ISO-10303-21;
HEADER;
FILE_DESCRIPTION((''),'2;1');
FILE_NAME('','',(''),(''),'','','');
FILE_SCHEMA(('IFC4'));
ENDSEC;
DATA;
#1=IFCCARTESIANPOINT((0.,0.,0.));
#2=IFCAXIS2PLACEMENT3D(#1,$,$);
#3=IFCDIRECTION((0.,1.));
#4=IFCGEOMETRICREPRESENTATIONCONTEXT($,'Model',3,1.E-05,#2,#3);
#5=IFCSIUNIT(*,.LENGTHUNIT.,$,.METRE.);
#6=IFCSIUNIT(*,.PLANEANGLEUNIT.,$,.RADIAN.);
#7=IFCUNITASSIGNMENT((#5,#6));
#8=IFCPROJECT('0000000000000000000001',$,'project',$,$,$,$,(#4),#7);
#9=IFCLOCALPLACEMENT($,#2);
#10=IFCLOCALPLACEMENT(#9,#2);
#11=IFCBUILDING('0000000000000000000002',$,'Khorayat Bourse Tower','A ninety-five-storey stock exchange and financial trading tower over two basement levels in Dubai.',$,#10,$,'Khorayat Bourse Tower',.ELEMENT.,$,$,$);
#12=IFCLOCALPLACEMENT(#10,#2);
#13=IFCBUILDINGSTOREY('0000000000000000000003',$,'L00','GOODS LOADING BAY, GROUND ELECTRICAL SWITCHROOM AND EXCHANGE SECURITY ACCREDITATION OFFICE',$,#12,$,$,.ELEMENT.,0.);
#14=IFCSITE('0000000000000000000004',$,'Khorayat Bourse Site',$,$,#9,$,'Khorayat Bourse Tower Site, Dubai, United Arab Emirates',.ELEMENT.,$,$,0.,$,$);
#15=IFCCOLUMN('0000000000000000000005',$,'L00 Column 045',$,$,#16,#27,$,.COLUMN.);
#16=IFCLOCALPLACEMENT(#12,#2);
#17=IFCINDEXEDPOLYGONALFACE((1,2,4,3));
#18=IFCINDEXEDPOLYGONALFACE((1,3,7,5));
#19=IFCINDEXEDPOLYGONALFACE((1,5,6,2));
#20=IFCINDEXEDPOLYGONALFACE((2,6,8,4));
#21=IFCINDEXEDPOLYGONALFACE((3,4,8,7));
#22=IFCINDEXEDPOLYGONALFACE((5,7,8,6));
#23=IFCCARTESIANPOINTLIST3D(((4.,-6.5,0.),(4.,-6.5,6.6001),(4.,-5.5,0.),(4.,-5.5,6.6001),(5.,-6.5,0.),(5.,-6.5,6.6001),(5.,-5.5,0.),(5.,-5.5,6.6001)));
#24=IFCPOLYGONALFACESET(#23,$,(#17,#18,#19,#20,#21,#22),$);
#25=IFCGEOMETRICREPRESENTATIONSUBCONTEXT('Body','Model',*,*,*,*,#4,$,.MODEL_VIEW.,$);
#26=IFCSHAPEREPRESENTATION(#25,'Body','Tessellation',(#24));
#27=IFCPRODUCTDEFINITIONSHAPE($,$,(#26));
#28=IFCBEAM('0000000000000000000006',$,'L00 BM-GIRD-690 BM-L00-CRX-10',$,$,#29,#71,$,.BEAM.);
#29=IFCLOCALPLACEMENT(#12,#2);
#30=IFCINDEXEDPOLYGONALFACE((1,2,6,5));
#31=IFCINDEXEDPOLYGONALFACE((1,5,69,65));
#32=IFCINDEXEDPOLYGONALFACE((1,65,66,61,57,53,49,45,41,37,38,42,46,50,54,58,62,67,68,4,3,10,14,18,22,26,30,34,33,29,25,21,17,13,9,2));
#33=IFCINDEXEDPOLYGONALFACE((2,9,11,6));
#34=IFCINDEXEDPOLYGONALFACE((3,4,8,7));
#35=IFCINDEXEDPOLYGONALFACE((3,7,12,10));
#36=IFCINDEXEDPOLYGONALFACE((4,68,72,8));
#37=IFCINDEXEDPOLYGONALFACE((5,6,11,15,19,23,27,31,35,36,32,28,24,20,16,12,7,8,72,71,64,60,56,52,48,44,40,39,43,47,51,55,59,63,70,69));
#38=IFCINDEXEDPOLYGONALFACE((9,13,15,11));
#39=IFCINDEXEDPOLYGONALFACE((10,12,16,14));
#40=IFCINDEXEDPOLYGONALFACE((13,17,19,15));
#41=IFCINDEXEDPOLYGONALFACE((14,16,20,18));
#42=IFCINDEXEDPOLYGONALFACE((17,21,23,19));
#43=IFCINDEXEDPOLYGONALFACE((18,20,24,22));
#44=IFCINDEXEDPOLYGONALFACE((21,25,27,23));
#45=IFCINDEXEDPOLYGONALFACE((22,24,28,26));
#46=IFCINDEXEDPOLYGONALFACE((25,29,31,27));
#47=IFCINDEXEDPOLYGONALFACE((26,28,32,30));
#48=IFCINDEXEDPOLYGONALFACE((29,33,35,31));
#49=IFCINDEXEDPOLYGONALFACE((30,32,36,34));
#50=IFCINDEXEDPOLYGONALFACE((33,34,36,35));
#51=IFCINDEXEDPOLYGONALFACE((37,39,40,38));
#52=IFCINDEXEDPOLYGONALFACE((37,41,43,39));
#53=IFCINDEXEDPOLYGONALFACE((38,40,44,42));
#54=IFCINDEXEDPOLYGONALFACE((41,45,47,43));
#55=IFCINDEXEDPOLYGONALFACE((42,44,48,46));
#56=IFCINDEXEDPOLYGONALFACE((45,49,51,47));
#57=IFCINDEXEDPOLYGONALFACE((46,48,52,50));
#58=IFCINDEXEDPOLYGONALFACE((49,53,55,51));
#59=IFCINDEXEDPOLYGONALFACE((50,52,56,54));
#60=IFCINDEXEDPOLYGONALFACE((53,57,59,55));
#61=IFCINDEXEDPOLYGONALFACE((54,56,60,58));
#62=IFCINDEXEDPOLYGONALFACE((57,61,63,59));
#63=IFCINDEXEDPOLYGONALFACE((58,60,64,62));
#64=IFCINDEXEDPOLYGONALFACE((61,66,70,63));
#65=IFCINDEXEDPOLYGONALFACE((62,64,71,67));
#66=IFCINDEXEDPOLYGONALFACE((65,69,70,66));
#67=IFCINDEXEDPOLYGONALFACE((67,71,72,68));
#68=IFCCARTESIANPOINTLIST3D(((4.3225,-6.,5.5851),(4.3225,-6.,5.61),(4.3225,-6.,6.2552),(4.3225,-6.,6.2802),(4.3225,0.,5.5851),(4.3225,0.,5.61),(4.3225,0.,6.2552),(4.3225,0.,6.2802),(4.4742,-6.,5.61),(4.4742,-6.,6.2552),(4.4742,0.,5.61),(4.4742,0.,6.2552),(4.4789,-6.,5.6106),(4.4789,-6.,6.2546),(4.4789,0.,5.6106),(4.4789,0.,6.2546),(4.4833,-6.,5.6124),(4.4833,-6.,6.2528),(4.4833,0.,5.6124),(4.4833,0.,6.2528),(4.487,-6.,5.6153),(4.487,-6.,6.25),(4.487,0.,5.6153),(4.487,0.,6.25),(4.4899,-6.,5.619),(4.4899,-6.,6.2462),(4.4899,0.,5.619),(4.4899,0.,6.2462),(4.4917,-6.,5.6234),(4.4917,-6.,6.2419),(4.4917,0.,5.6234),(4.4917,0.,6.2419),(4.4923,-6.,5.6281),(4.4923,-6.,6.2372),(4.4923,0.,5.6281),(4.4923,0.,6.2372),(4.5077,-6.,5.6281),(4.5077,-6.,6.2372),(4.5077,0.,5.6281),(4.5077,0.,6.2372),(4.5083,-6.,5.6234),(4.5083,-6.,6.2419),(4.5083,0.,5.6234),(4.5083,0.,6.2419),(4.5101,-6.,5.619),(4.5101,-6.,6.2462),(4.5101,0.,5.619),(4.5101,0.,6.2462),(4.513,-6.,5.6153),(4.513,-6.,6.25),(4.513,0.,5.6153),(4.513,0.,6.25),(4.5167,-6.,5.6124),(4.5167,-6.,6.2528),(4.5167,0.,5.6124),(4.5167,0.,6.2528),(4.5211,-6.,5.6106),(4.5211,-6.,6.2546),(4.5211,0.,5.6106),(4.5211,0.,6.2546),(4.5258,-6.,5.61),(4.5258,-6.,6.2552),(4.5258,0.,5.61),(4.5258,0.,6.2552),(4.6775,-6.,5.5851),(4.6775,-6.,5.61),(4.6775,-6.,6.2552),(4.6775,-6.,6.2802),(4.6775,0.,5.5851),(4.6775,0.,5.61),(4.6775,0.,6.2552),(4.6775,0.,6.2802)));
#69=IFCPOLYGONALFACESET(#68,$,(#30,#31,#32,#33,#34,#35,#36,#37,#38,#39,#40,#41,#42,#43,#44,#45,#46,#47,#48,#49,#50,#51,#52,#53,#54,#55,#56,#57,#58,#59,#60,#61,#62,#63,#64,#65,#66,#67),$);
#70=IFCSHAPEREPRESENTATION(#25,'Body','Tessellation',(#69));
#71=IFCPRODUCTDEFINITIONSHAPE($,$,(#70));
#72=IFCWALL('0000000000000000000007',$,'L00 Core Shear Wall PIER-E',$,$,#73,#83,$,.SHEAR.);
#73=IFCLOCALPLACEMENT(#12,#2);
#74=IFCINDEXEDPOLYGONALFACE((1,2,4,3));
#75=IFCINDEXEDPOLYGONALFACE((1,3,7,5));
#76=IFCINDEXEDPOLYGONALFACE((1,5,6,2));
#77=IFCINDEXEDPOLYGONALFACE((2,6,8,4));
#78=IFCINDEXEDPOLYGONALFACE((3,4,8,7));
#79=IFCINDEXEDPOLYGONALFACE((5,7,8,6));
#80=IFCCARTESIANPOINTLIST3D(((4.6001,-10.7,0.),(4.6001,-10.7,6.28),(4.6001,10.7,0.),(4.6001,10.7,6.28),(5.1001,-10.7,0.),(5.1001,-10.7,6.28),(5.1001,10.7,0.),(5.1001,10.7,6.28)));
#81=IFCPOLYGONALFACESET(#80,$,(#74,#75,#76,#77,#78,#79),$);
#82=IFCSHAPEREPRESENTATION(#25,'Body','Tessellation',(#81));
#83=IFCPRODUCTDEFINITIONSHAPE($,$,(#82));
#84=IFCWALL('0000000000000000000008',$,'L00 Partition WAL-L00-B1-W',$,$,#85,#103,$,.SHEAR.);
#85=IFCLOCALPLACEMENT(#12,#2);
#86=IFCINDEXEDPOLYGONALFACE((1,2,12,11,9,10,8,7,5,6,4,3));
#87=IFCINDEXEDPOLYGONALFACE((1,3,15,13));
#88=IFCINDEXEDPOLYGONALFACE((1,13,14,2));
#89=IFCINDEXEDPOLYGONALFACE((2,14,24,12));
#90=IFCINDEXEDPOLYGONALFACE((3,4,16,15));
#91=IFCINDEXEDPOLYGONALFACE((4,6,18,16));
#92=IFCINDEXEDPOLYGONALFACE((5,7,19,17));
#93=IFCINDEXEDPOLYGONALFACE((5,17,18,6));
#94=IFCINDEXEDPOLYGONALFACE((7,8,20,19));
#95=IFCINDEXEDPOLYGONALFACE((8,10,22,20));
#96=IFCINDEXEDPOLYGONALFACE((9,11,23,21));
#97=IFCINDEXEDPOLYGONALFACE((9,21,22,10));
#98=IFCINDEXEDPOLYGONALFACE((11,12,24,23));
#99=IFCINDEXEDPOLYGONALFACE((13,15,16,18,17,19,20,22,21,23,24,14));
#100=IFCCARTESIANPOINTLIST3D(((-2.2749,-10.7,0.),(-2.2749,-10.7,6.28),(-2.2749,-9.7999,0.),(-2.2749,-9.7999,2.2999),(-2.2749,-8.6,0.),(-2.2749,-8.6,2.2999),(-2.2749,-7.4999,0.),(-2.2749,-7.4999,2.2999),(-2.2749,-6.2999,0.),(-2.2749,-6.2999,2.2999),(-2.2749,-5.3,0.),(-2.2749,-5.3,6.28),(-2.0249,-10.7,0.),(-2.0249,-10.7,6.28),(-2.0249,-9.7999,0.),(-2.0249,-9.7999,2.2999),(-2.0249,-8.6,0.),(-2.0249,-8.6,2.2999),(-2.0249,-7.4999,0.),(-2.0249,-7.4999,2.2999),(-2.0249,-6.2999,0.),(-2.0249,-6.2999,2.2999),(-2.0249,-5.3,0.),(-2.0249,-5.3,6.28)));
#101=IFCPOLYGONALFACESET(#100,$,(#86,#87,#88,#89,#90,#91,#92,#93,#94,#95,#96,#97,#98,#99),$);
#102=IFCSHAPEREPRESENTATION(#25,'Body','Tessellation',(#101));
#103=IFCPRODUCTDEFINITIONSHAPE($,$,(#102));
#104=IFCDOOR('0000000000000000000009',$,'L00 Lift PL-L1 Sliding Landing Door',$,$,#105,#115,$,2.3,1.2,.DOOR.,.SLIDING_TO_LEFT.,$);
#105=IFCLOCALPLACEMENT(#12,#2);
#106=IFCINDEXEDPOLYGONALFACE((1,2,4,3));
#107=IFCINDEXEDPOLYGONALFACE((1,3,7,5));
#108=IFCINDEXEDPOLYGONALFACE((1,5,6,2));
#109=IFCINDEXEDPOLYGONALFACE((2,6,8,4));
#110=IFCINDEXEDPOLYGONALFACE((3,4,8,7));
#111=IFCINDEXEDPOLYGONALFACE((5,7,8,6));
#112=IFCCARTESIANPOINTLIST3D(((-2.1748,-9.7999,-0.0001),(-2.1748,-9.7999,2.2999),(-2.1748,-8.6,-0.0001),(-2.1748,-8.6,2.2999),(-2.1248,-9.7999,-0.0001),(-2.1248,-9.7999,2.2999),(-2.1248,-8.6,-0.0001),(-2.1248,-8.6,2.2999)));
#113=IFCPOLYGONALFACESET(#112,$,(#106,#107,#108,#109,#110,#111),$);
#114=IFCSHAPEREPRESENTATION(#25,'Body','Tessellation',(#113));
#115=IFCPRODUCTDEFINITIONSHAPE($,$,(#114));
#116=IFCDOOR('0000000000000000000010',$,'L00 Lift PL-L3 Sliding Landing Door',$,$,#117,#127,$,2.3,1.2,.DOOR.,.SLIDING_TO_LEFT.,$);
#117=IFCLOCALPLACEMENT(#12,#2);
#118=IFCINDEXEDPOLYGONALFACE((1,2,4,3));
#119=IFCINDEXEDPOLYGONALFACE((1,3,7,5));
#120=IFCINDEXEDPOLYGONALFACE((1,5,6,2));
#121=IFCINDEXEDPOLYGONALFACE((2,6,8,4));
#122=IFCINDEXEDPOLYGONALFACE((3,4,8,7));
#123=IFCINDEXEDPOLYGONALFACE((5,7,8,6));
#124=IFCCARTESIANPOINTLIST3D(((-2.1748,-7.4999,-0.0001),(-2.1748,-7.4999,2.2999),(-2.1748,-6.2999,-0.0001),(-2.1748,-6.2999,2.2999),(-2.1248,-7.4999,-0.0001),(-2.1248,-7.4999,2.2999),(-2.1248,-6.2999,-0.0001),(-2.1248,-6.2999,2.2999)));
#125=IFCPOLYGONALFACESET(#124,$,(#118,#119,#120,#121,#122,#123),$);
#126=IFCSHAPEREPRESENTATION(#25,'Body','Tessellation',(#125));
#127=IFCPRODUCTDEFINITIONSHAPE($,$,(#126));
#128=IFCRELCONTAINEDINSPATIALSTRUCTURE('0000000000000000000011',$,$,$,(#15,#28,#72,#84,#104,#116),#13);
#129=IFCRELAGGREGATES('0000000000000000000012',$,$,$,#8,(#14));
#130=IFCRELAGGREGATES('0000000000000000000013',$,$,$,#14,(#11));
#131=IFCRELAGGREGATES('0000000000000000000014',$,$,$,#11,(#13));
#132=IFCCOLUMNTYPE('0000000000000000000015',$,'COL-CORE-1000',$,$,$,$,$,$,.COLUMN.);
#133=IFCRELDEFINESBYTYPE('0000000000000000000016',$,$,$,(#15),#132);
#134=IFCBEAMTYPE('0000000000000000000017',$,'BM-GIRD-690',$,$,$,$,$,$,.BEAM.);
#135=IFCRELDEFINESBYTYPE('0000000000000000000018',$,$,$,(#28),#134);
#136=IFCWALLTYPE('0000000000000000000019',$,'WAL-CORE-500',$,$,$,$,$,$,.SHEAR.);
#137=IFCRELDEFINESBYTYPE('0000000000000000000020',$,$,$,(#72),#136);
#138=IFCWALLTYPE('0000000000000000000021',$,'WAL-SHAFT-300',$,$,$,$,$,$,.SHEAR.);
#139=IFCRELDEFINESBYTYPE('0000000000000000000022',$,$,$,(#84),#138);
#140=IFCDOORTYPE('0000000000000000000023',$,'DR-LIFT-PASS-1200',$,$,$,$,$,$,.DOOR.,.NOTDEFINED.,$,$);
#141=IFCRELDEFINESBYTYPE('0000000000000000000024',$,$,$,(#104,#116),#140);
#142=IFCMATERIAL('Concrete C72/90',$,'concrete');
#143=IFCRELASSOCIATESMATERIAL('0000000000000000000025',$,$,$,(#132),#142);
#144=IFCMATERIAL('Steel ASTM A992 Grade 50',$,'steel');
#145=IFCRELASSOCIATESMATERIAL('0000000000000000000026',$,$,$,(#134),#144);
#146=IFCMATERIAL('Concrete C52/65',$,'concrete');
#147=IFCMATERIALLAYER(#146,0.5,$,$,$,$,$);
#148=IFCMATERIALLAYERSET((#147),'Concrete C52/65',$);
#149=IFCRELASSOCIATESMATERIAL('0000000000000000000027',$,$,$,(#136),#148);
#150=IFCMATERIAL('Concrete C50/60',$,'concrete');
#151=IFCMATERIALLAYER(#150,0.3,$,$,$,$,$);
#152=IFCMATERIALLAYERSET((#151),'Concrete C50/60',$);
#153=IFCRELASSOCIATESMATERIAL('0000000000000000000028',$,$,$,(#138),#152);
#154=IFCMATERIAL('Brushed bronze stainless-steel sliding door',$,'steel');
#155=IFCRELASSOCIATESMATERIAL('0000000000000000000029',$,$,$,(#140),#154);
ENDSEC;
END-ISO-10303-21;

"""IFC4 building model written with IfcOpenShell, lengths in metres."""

from ifc_helpers import new_model, si_unit, direction, frame, frame_2d, origin, origin_2d, place, context, subcontext, project, spatial, rectangle, i_section, extrude, source, transform, mapped, material, layer, layer_set, material_profile, profile_set, type_object, element, fill, save


model = new_model("IFC4")

# Units and contexts
model_context = context("Model", 3, precision=1e-05, world=origin(), true_north=direction((0.0, 1.0)))
body_context = subcontext(model_context, "Body", "Model", "MODEL_VIEW")
ifc_project = project(units=[si_unit("LENGTHUNIT", "METRE"), si_unit("PLANEANGLEUNIT", "RADIAN")], contexts=[model_context])

# Site, building, storey
site_placement = place(None, origin())
site = spatial("IfcSite", under=ifc_project, at=site_placement, Name="Khorayat Bourse Site", LongName="Khorayat Bourse Tower Site, Dubai, United Arab Emirates", CompositionType="ELEMENT", RefElevation=0.0)
building_placement = place(site_placement, origin())
building = spatial("IfcBuilding", under=site, at=building_placement, Name="Khorayat Bourse Tower", Description="A ninety-five-storey stock exchange and financial trading tower over two basement levels in Dubai.", LongName="Khorayat Bourse Tower", CompositionType="ELEMENT")
storey_placement = place(building_placement, origin())
storey = spatial("IfcBuildingStorey", under=building, at=storey_placement, Name="L00", Description="GOODS LOADING BAY, GROUND ELECTRICAL SWITCHROOM AND EXCHANGE SECURITY ACCREDITATION OFFICE", CompositionType="ELEMENT", Elevation=0.0)

# Column
ifc_material_1 = material(Name="Concrete C72/90", Category="concrete")
ifc_material_profile_1 = material_profile(ifc_material_1, rectangle(XDim=1.0, YDim=1.0, at=origin_2d()), Name="RC 1000x1000")
ifc_profile_set_1 = profile_set([ifc_material_profile_1], Name="Concrete C72/90")
column_type = type_object("IfcColumnType", Name="COL-CORE-1000", PredefinedType="COLUMN", material=ifc_profile_set_1)
shared_shape_1 = source(origin(), body_context, "Body", "SweptSolid", [
    extrude(rectangle(XDim=1.0, YDim=1.0, at=origin_2d()), origin(), (0.0, 0.0, 1.0), 6.6001),
])
column_placement = place(storey_placement, frame((4.5, -6.0, 0.0), z_axis=(0.0, 0.0, 1.0), x_axis=(1.0, 0.0, 0.0)))
element("IfcColumn", 1, at=column_placement, inside=storey, type_object=column_type, Name="L00 Column 045", PredefinedType="COLUMN", context=body_context, shape_type="MappedRepresentation", body=[
    mapped(shared_shape_1, transform((0.0, 0.0, 0.0), scale=1.0)),
])

# Beam
ifc_material_2 = material(Name="Steel ASTM A992 Grade 50", Category="steel")
ifc_material_profile_2 = material_profile(ifc_material_2, i_section(OverallWidth=0.355, OverallDepth=0.6951, WebThickness=0.0154, FlangeThickness=0.0249, FilletRadius=0.0181, at=origin_2d()), Name="W690X217")
ifc_profile_set_2 = profile_set([ifc_material_profile_2], Name="Steel ASTM A992 Grade 50")
beam_type = type_object("IfcBeamType", Name="BM-GIRD-690", PredefinedType="BEAM", material=ifc_profile_set_2)
shared_shape_2 = source(origin(), body_context, "Body", "SweptSolid", [
    extrude(i_section(OverallWidth=0.355, OverallDepth=0.6951, WebThickness=0.0154, FlangeThickness=0.0249, FilletRadius=0.0181, at=origin_2d()), origin(), (0.0, 0.0, 1.0), 6.0),
])
beam_placement = place(storey_placement, frame((4.5, -6.0, 5.9326), z_axis=(0.0, 1.0, 0.0), x_axis=(-1.0, 0.0, 0.0)))
element("IfcBeam", 2, at=beam_placement, inside=storey, type_object=beam_type, Name="L00 BM-GIRD-690 BM-L00-CRX-10", PredefinedType="BEAM", context=body_context, shape_type="MappedRepresentation", body=[
    mapped(shared_shape_2, transform((0.0, 0.0, 0.0), scale=1.0)),
])

# Wall
ifc_material_3 = material(Name="Concrete C52/65", Category="concrete")
ifc_layer_1 = layer(ifc_material_3, 0.5)
ifc_layer_set_1 = layer_set([ifc_layer_1], Name="Concrete C52/65")
wall_type_1 = type_object("IfcWallType", Name="WAL-CORE-500", PredefinedType="SHEAR", material=ifc_layer_set_1)
shared_shape_3 = source(origin(), body_context, "Body", "SweptSolid", [
    extrude(rectangle(XDim=21.3999, YDim=0.5, at=frame_2d((10.7, 0.0))), origin(), (0.0, 0.0, 1.0), 6.28),
])
wall_1_placement = place(storey_placement, frame((4.8501, -10.7, 0.0), z_axis=(0.0, 0.0, 1.0), x_axis=(0.0, 1.0, 0.0)))
element("IfcWall", 3, at=wall_1_placement, inside=storey, type_object=wall_type_1, Name="L00 Core Shear Wall PIER-E", PredefinedType="SHEAR", context=body_context, shape_type="MappedRepresentation", body=[
    mapped(shared_shape_3, transform((0.0, 0.0, 0.0), scale=1.0)),
])

# Wall, openings, doors
ifc_material_4 = material(Name="Concrete C50/60", Category="concrete")
ifc_layer_2 = layer(ifc_material_4, 0.3)
ifc_layer_set_2 = layer_set([ifc_layer_2], Name="Concrete C50/60")
wall_type_2 = type_object("IfcWallType", Name="WAL-SHAFT-300", PredefinedType="SHEAR", material=ifc_layer_set_2)
shared_shape_4 = source(origin(), body_context, "Body", "SweptSolid", [
    extrude(rectangle(XDim=5.3999, YDim=0.25, at=frame_2d((2.7, 0.0))), origin(), (0.0, 0.0, 1.0), 6.28),
])
wall_2_placement = place(storey_placement, frame((-2.1499, -10.7, 0.0), z_axis=(0.0, 0.0, 1.0), x_axis=(0.0, 1.0, 0.0)))
wall_2 = element("IfcWall", 4, at=wall_2_placement, inside=storey, type_object=wall_type_2, Name="L00 Partition WAL-L00-B1-W", PredefinedType="SHEAR", context=body_context, shape_type="MappedRepresentation", body=[
    mapped(shared_shape_4, transform((0.0, 0.0, 0.0), scale=1.0)),
])
shared_shape_5 = source(origin(), body_context, "Body", "SweptSolid", [
    extrude(rectangle(XDim=1.2, YDim=2.3, at=frame_2d((0.6001, 1.1499))), frame((0.0, 0.135, 0.0), z_axis=(0.0, -1.0, 0.0), x_axis=(1.0, 0.0, 0.0)), (0.0, 0.0, 1.0), 0.27),
])
opening_1_placement = place(wall_2_placement, frame((0.8999, 0.0, 0.0)))
opening_1 = element("IfcOpeningElement", 5, at=opening_1_placement, cuts=wall_2, PredefinedType="OPENING", context=body_context, shape_type="MappedRepresentation", body=[
    mapped(shared_shape_5, transform((0.0, 0.0, 0.0), scale=1.0)),
])
opening_2_placement = place(wall_2_placement, frame((3.2, 0.0, 0.0)))
opening_2 = element("IfcOpeningElement", 6, at=opening_2_placement, cuts=wall_2, PredefinedType="OPENING", context=body_context, shape_type="MappedRepresentation", body=[
    mapped(shared_shape_5, transform((0.0, 0.0, 0.0), scale=1.0)),
])
ifc_material_5 = material(Name="Brushed bronze stainless-steel sliding door", Category="steel")
door_type_1 = type_object("IfcDoorType", Name="DR-LIFT-PASS-1200", OperationType="NOTDEFINED", PredefinedType="DOOR", material=ifc_material_5)
shared_shape_6 = source(origin(), body_context, "Body", "SweptSolid", [
    extrude(rectangle(XDim=1.2, YDim=2.3, at=frame_2d((0.6001, 1.1499))), frame((0.0, 0.0249, 0.0), z_axis=(0.0, -1.0, 0.0), x_axis=(1.0, 0.0, 0.0)), (0.0, 0.0, 1.0), 0.05),
])
door_1_placement = place(opening_1_placement, origin())
door_1 = element("IfcDoor", 7, at=door_1_placement, inside=storey, type_object=door_type_1, Name="L00 Lift PL-L1 Sliding Landing Door", OperationType="SLIDING_TO_LEFT", OverallHeight=2.3, OverallWidth=1.2, PredefinedType="DOOR", context=body_context, shape_type="MappedRepresentation", body=[
    mapped(shared_shape_6, transform((0.0, 0.0, 0.0), scale=1.0)),
])
fill(opening_1, door_1)
door_2_placement = place(opening_2_placement, origin())
door_2 = element("IfcDoor", 8, at=door_2_placement, inside=storey, type_object=door_type_1, Name="L00 Lift PL-L3 Sliding Landing Door", OperationType="SLIDING_TO_LEFT", OverallHeight=2.3, OverallWidth=1.2, PredefinedType="DOOR", context=body_context, shape_type="MappedRepresentation", body=[
    mapped(shared_shape_6, transform((0.0, 0.0, 0.0), scale=1.0)),
])
fill(opening_2, door_2)

save(model, "model.ifc")
